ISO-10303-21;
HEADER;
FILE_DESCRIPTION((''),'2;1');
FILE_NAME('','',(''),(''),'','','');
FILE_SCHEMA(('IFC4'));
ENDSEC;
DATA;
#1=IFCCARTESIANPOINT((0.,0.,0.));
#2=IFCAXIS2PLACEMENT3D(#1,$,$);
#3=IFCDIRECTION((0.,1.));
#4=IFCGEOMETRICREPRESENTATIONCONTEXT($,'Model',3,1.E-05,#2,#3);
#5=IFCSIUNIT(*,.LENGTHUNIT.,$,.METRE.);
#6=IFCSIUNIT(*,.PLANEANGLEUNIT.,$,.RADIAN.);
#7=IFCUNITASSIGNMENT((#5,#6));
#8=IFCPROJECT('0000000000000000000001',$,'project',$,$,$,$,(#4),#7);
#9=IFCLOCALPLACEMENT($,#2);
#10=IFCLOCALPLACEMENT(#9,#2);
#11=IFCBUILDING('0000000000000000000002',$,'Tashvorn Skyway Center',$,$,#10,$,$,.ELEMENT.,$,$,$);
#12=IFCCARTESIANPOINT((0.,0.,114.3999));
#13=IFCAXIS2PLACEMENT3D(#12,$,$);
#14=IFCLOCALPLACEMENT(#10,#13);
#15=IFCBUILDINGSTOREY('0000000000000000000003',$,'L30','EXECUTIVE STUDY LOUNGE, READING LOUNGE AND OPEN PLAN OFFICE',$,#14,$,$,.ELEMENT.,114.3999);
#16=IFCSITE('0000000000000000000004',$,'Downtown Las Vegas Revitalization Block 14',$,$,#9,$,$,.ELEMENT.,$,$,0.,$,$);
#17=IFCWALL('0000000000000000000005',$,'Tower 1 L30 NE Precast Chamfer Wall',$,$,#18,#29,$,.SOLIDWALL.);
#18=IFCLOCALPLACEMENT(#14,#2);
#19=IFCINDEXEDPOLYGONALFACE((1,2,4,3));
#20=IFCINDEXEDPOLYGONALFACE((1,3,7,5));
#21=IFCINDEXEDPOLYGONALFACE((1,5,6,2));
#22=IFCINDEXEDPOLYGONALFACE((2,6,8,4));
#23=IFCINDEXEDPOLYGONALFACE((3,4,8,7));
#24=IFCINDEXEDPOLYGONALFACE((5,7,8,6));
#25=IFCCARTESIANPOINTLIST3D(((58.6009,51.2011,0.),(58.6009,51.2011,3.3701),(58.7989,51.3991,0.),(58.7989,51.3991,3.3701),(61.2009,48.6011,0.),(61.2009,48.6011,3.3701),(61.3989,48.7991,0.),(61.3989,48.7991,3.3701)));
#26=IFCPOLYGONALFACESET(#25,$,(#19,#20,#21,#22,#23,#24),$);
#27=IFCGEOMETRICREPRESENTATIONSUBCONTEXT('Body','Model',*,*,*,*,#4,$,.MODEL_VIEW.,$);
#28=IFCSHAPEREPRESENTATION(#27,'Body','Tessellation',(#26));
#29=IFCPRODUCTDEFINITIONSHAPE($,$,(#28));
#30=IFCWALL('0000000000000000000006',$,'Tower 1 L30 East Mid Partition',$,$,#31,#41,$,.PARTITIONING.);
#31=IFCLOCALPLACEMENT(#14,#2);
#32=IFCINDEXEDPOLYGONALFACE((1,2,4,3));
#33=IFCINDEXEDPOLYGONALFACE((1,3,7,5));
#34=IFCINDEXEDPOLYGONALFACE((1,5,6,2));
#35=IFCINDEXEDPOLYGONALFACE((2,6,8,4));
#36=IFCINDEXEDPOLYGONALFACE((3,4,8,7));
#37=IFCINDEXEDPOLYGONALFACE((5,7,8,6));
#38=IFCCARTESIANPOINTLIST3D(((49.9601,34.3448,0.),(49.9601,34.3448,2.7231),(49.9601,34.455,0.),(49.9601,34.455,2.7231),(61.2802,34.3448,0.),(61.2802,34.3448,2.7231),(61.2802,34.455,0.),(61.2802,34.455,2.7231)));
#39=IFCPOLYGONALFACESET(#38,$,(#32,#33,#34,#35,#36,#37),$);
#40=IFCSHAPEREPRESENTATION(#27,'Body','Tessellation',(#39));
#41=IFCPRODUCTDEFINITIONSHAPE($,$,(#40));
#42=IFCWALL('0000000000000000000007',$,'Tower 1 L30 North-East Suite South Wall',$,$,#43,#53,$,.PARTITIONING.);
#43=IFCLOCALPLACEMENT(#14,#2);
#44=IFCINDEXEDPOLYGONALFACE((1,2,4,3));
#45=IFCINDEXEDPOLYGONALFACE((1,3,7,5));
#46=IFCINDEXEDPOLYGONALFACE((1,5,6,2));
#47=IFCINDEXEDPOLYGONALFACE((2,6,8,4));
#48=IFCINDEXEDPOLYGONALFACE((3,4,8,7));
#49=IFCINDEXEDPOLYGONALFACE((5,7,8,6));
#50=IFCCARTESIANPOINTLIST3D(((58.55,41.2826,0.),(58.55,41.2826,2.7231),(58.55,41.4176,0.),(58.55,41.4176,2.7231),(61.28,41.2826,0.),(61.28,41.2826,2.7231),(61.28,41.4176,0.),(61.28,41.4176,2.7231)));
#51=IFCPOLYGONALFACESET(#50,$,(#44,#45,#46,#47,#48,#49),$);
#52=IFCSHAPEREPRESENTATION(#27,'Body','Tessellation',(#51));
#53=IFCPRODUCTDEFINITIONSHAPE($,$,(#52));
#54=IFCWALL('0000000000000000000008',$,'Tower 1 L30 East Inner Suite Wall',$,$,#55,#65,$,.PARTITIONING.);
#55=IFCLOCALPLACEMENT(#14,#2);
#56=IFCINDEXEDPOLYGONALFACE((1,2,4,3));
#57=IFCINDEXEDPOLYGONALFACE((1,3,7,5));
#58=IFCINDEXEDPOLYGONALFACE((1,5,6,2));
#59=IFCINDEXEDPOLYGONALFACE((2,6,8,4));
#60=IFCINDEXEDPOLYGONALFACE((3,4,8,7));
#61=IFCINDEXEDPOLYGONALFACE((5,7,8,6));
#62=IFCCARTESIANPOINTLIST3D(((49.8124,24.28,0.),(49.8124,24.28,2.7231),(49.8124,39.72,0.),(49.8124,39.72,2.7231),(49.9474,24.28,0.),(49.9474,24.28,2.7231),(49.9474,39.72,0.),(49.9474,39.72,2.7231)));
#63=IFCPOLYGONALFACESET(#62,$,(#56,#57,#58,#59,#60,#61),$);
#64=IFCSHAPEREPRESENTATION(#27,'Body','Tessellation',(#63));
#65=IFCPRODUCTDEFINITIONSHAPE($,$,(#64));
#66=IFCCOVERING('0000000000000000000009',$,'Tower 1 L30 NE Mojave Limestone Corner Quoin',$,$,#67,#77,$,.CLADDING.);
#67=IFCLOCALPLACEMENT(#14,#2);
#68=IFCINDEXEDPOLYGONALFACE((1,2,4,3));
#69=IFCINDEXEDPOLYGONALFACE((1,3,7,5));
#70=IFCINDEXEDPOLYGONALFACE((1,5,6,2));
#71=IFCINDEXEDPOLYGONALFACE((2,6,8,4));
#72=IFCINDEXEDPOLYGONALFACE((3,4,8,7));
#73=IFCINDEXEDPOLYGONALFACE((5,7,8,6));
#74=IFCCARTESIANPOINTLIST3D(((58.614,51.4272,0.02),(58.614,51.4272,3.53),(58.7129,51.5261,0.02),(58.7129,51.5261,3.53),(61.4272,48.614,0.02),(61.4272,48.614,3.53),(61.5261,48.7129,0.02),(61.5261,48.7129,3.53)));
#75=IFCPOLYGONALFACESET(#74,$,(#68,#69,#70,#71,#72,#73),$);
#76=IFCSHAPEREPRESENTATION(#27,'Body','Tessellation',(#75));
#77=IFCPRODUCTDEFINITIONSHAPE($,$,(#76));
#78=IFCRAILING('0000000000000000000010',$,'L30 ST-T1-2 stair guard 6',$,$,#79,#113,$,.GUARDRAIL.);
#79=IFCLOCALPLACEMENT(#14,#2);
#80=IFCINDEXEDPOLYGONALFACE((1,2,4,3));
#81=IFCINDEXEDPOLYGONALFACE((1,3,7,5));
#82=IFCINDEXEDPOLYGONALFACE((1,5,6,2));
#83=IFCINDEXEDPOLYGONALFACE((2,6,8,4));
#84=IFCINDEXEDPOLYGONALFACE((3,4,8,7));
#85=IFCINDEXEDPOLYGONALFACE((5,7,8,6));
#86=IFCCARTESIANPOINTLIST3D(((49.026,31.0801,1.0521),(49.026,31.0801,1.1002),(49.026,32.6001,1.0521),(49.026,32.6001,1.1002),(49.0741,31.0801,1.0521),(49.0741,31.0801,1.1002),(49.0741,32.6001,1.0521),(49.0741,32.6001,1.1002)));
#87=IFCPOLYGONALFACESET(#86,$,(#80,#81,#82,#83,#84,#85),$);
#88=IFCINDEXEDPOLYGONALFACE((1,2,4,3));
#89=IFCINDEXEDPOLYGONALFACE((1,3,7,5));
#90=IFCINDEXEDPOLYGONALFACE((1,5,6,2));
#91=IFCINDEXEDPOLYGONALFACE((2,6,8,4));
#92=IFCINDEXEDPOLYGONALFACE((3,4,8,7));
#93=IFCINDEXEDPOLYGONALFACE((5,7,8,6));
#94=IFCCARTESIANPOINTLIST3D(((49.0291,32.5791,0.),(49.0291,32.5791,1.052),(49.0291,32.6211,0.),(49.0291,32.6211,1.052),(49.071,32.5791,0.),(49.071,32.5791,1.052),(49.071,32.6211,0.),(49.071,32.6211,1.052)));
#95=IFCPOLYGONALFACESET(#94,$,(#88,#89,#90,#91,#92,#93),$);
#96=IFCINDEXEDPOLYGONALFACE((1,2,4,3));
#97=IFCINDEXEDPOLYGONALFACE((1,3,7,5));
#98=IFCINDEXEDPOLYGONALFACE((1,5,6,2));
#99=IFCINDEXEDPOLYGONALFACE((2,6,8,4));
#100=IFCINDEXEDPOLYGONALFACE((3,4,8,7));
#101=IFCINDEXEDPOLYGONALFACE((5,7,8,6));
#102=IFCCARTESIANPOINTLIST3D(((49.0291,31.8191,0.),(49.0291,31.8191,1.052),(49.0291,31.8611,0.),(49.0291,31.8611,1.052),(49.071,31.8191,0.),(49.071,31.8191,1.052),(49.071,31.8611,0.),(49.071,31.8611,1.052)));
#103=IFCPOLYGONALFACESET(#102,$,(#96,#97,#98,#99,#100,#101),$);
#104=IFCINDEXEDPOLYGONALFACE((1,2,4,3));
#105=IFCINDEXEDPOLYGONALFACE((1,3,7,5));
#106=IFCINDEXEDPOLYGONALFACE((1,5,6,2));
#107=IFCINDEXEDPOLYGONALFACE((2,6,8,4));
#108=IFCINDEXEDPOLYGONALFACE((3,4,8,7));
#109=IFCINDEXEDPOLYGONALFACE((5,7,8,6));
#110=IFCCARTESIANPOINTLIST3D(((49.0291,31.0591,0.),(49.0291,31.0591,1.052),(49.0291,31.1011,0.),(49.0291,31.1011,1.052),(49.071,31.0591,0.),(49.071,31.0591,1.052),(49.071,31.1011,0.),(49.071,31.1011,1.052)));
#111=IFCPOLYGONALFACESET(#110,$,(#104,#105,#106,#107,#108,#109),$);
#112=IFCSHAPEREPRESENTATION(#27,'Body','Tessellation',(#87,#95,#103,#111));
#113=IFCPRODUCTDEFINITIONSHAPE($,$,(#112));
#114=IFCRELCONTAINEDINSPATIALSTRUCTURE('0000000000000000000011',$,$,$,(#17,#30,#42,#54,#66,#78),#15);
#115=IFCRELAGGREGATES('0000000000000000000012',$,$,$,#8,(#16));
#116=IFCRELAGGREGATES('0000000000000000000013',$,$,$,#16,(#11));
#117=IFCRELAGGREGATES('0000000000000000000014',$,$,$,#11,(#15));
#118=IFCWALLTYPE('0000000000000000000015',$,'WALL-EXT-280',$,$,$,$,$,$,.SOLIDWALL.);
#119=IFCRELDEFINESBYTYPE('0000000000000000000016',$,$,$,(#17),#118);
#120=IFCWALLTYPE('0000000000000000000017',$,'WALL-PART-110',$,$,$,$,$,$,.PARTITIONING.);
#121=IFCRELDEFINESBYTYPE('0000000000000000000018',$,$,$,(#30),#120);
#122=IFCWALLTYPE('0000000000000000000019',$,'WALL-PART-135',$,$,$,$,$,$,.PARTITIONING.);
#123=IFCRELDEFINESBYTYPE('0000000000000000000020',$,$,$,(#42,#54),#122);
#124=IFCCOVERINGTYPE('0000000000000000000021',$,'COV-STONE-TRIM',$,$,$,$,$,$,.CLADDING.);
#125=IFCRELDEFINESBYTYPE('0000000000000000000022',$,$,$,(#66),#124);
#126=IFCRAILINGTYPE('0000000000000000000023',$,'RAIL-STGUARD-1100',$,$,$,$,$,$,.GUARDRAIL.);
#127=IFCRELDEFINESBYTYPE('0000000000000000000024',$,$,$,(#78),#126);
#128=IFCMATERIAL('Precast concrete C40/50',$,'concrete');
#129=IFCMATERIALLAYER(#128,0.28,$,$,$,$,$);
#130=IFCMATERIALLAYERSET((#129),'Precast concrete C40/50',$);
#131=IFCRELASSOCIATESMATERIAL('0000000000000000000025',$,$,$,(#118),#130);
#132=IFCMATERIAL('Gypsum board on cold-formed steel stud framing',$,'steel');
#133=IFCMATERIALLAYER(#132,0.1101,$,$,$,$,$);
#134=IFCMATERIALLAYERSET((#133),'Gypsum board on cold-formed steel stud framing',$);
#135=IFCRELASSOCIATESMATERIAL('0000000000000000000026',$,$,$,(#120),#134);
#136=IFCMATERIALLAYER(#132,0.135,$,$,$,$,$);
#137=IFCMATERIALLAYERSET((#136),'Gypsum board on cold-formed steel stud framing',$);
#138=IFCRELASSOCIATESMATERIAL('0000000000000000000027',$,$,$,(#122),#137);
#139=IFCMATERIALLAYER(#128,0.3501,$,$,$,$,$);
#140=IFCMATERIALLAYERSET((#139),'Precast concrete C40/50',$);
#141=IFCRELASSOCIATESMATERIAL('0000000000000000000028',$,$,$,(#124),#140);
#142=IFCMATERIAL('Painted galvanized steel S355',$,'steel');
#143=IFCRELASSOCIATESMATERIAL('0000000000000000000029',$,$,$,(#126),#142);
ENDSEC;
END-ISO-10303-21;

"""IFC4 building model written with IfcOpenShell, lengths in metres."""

from ifc_helpers import new_model, si_unit, direction, frame, frame_2d, origin, origin_2d, place, context, subcontext, project, spatial, rectangle, extrude, material, layer, layer_set, type_object, element, save


model = new_model("IFC4")

# Units and contexts
model_context = context("Model", 3, precision=1e-05, world=origin(), true_north=direction((0.0, 1.0)))
body_context = subcontext(model_context, "Body", "Model", "MODEL_VIEW")
ifc_project = project(units=[si_unit("LENGTHUNIT", "METRE"), si_unit("PLANEANGLEUNIT", "RADIAN")], contexts=[model_context])

# Site, building, storey
site_placement = place(None, origin())
site = spatial("IfcSite", under=ifc_project, at=site_placement, Name="Downtown Las Vegas Revitalization Block 14", CompositionType="ELEMENT", RefElevation=0.0)
building_placement = place(site_placement, origin())
building = spatial("IfcBuilding", under=site, at=building_placement, Name="Tashvorn Skyway Center", CompositionType="ELEMENT")
storey_placement = place(building_placement, frame((0.0, 0.0, 114.3999)))
storey = spatial("IfcBuildingStorey", under=building, at=storey_placement, Name="L30", Description="EXECUTIVE STUDY LOUNGE, READING LOUNGE AND OPEN PLAN OFFICE", CompositionType="ELEMENT", Elevation=114.3999)

# Walls
ifc_material_1 = material(Name="Precast concrete C40/50", Category="concrete")
ifc_layer_1 = layer(ifc_material_1, 0.28)
ifc_layer_set_1 = layer_set([ifc_layer_1], Name="Precast concrete C40/50")
wall_type_1 = type_object("IfcWallType", Name="WALL-EXT-280", PredefinedType="SOLIDWALL", material=ifc_layer_set_1)
wall_1_placement = place(storey_placement, frame((58.7, 51.3, 0.0), z_axis=(0.0, 0.0, 1.0), x_axis=(0.707107, -0.707107, 0.0)))
element("IfcWall", 1, at=wall_1_placement, inside=storey, type_object=wall_type_1, Name="Tower 1 L30 NE Precast Chamfer Wall", PredefinedType="SOLIDWALL", context=body_context, shape_type="SweptSolid", body=[
    extrude(rectangle(XDim=3.677, YDim=0.28, at=frame_2d((1.8384, 0.0))), origin(), (0.0, 0.0, 1.0), 3.3701),
])
ifc_material_2 = material(Name="Gypsum board on cold-formed steel stud framing", Category="steel")
ifc_layer_2 = layer(ifc_material_2, 0.1101)
ifc_layer_set_2 = layer_set([ifc_layer_2], Name="Gypsum board on cold-formed steel stud framing")
wall_type_2 = type_object("IfcWallType", Name="WALL-PART-110", PredefinedType="PARTITIONING", material=ifc_layer_set_2)
wall_2_placement = place(storey_placement, frame((49.96, 34.3999, 0.0), z_axis=(0.0, 0.0, 1.0), x_axis=(1.0, 0.0, 0.0)))
element("IfcWall", 2, at=wall_2_placement, inside=storey, type_object=wall_type_2, Name="Tower 1 L30 East Mid Partition", PredefinedType="PARTITIONING", context=body_context, shape_type="SweptSolid", body=[
    extrude(rectangle(XDim=11.3201, YDim=0.1101, at=frame_2d((5.6602, 0.0))), origin(), (0.0, 0.0, 1.0), 2.7231),
])
ifc_layer_3 = layer(ifc_material_2, 0.135)
ifc_layer_set_3 = layer_set([ifc_layer_3], Name="Gypsum board on cold-formed steel stud framing")
wall_type_3 = type_object("IfcWallType", Name="WALL-PART-135", PredefinedType="PARTITIONING", material=ifc_layer_set_3)
wall_3_placement = place(storey_placement, frame((58.55, 41.3501, 0.0), z_axis=(0.0, 0.0, 1.0), x_axis=(1.0, 0.0, 0.0)))
element("IfcWall", 3, at=wall_3_placement, inside=storey, type_object=wall_type_3, Name="Tower 1 L30 North-East Suite South Wall", PredefinedType="PARTITIONING", context=body_context, shape_type="SweptSolid", body=[
    extrude(rectangle(XDim=2.73, YDim=0.135, at=frame_2d((1.365, 0.0))), origin(), (0.0, 0.0, 1.0), 2.7231),
])
wall_4_placement = place(storey_placement, frame((49.8799, 39.72, 0.0), z_axis=(0.0, 0.0, 1.0), x_axis=(0.0, -1.0, 0.0)))
element("IfcWall", 4, at=wall_4_placement, inside=storey, type_object=wall_type_3, Name="Tower 1 L30 East Inner Suite Wall", PredefinedType="PARTITIONING", context=body_context, shape_type="SweptSolid", body=[
    extrude(rectangle(XDim=15.4399, YDim=0.135, at=frame_2d((7.72, 0.0))), origin(), (0.0, 0.0, 1.0), 2.7231),
])

# Covering
ifc_layer_4 = layer(ifc_material_1, 0.3501)
ifc_layer_set_4 = layer_set([ifc_layer_4], Name="Precast concrete C40/50")
covering_type = type_object("IfcCoveringType", Name="COV-STONE-TRIM", PredefinedType="CLADDING", material=ifc_layer_set_4)
covering_placement = place(storey_placement, frame((60.0701, 50.0701, 0.02), z_axis=(0.0, 0.0, 1.0), x_axis=(0.707107, -0.707107, 0.0)))
element("IfcCovering", 5, at=covering_placement, inside=storey, type_object=covering_type, Name="Tower 1 L30 NE Mojave Limestone Corner Quoin", PredefinedType="CLADDING", context=body_context, shape_type="SweptSolid", body=[
    extrude(rectangle(XDim=3.9785, YDim=0.1399, at=origin_2d()), origin(), (0.0, 0.0, 1.0), 3.51),
])

# Railing
ifc_material_3 = material(Name="Painted galvanized steel S355", Category="steel")
railing_type = type_object("IfcRailingType", Name="RAIL-STGUARD-1100", PredefinedType="GUARDRAIL", material=ifc_material_3)
railing_placement = place(storey_placement, frame((49.05, 32.6001, 0.0)))
element("IfcRailing", 6, at=railing_placement, inside=storey, type_object=railing_type, Name="L30 ST-T1-2 stair guard 6", PredefinedType="GUARDRAIL", context=body_context, shape_type="SweptSolid", body=[
    extrude(rectangle(XDim=0.0481, YDim=0.0481, at=origin_2d()), frame((0.0, 0.0, 1.0762), z_axis=(0.0, -1.0, 0.0), x_axis=(1.0, 0.0, 0.0)), (0.0, 0.0, 1.0), 1.52),
    extrude(rectangle(XDim=0.042, YDim=0.042, at=origin_2d()), origin(), (0.0, 0.0, 1.0), 1.052),
    extrude(rectangle(XDim=0.042, YDim=0.042, at=origin_2d()), frame((0.0, -0.76, 0.0)), (0.0, 0.0, 1.0), 1.052),
    extrude(rectangle(XDim=0.042, YDim=0.042, at=origin_2d()), frame((0.0, -1.52, 0.0)), (0.0, 0.0, 1.0), 1.052),
])

save(model, "model.ifc")
